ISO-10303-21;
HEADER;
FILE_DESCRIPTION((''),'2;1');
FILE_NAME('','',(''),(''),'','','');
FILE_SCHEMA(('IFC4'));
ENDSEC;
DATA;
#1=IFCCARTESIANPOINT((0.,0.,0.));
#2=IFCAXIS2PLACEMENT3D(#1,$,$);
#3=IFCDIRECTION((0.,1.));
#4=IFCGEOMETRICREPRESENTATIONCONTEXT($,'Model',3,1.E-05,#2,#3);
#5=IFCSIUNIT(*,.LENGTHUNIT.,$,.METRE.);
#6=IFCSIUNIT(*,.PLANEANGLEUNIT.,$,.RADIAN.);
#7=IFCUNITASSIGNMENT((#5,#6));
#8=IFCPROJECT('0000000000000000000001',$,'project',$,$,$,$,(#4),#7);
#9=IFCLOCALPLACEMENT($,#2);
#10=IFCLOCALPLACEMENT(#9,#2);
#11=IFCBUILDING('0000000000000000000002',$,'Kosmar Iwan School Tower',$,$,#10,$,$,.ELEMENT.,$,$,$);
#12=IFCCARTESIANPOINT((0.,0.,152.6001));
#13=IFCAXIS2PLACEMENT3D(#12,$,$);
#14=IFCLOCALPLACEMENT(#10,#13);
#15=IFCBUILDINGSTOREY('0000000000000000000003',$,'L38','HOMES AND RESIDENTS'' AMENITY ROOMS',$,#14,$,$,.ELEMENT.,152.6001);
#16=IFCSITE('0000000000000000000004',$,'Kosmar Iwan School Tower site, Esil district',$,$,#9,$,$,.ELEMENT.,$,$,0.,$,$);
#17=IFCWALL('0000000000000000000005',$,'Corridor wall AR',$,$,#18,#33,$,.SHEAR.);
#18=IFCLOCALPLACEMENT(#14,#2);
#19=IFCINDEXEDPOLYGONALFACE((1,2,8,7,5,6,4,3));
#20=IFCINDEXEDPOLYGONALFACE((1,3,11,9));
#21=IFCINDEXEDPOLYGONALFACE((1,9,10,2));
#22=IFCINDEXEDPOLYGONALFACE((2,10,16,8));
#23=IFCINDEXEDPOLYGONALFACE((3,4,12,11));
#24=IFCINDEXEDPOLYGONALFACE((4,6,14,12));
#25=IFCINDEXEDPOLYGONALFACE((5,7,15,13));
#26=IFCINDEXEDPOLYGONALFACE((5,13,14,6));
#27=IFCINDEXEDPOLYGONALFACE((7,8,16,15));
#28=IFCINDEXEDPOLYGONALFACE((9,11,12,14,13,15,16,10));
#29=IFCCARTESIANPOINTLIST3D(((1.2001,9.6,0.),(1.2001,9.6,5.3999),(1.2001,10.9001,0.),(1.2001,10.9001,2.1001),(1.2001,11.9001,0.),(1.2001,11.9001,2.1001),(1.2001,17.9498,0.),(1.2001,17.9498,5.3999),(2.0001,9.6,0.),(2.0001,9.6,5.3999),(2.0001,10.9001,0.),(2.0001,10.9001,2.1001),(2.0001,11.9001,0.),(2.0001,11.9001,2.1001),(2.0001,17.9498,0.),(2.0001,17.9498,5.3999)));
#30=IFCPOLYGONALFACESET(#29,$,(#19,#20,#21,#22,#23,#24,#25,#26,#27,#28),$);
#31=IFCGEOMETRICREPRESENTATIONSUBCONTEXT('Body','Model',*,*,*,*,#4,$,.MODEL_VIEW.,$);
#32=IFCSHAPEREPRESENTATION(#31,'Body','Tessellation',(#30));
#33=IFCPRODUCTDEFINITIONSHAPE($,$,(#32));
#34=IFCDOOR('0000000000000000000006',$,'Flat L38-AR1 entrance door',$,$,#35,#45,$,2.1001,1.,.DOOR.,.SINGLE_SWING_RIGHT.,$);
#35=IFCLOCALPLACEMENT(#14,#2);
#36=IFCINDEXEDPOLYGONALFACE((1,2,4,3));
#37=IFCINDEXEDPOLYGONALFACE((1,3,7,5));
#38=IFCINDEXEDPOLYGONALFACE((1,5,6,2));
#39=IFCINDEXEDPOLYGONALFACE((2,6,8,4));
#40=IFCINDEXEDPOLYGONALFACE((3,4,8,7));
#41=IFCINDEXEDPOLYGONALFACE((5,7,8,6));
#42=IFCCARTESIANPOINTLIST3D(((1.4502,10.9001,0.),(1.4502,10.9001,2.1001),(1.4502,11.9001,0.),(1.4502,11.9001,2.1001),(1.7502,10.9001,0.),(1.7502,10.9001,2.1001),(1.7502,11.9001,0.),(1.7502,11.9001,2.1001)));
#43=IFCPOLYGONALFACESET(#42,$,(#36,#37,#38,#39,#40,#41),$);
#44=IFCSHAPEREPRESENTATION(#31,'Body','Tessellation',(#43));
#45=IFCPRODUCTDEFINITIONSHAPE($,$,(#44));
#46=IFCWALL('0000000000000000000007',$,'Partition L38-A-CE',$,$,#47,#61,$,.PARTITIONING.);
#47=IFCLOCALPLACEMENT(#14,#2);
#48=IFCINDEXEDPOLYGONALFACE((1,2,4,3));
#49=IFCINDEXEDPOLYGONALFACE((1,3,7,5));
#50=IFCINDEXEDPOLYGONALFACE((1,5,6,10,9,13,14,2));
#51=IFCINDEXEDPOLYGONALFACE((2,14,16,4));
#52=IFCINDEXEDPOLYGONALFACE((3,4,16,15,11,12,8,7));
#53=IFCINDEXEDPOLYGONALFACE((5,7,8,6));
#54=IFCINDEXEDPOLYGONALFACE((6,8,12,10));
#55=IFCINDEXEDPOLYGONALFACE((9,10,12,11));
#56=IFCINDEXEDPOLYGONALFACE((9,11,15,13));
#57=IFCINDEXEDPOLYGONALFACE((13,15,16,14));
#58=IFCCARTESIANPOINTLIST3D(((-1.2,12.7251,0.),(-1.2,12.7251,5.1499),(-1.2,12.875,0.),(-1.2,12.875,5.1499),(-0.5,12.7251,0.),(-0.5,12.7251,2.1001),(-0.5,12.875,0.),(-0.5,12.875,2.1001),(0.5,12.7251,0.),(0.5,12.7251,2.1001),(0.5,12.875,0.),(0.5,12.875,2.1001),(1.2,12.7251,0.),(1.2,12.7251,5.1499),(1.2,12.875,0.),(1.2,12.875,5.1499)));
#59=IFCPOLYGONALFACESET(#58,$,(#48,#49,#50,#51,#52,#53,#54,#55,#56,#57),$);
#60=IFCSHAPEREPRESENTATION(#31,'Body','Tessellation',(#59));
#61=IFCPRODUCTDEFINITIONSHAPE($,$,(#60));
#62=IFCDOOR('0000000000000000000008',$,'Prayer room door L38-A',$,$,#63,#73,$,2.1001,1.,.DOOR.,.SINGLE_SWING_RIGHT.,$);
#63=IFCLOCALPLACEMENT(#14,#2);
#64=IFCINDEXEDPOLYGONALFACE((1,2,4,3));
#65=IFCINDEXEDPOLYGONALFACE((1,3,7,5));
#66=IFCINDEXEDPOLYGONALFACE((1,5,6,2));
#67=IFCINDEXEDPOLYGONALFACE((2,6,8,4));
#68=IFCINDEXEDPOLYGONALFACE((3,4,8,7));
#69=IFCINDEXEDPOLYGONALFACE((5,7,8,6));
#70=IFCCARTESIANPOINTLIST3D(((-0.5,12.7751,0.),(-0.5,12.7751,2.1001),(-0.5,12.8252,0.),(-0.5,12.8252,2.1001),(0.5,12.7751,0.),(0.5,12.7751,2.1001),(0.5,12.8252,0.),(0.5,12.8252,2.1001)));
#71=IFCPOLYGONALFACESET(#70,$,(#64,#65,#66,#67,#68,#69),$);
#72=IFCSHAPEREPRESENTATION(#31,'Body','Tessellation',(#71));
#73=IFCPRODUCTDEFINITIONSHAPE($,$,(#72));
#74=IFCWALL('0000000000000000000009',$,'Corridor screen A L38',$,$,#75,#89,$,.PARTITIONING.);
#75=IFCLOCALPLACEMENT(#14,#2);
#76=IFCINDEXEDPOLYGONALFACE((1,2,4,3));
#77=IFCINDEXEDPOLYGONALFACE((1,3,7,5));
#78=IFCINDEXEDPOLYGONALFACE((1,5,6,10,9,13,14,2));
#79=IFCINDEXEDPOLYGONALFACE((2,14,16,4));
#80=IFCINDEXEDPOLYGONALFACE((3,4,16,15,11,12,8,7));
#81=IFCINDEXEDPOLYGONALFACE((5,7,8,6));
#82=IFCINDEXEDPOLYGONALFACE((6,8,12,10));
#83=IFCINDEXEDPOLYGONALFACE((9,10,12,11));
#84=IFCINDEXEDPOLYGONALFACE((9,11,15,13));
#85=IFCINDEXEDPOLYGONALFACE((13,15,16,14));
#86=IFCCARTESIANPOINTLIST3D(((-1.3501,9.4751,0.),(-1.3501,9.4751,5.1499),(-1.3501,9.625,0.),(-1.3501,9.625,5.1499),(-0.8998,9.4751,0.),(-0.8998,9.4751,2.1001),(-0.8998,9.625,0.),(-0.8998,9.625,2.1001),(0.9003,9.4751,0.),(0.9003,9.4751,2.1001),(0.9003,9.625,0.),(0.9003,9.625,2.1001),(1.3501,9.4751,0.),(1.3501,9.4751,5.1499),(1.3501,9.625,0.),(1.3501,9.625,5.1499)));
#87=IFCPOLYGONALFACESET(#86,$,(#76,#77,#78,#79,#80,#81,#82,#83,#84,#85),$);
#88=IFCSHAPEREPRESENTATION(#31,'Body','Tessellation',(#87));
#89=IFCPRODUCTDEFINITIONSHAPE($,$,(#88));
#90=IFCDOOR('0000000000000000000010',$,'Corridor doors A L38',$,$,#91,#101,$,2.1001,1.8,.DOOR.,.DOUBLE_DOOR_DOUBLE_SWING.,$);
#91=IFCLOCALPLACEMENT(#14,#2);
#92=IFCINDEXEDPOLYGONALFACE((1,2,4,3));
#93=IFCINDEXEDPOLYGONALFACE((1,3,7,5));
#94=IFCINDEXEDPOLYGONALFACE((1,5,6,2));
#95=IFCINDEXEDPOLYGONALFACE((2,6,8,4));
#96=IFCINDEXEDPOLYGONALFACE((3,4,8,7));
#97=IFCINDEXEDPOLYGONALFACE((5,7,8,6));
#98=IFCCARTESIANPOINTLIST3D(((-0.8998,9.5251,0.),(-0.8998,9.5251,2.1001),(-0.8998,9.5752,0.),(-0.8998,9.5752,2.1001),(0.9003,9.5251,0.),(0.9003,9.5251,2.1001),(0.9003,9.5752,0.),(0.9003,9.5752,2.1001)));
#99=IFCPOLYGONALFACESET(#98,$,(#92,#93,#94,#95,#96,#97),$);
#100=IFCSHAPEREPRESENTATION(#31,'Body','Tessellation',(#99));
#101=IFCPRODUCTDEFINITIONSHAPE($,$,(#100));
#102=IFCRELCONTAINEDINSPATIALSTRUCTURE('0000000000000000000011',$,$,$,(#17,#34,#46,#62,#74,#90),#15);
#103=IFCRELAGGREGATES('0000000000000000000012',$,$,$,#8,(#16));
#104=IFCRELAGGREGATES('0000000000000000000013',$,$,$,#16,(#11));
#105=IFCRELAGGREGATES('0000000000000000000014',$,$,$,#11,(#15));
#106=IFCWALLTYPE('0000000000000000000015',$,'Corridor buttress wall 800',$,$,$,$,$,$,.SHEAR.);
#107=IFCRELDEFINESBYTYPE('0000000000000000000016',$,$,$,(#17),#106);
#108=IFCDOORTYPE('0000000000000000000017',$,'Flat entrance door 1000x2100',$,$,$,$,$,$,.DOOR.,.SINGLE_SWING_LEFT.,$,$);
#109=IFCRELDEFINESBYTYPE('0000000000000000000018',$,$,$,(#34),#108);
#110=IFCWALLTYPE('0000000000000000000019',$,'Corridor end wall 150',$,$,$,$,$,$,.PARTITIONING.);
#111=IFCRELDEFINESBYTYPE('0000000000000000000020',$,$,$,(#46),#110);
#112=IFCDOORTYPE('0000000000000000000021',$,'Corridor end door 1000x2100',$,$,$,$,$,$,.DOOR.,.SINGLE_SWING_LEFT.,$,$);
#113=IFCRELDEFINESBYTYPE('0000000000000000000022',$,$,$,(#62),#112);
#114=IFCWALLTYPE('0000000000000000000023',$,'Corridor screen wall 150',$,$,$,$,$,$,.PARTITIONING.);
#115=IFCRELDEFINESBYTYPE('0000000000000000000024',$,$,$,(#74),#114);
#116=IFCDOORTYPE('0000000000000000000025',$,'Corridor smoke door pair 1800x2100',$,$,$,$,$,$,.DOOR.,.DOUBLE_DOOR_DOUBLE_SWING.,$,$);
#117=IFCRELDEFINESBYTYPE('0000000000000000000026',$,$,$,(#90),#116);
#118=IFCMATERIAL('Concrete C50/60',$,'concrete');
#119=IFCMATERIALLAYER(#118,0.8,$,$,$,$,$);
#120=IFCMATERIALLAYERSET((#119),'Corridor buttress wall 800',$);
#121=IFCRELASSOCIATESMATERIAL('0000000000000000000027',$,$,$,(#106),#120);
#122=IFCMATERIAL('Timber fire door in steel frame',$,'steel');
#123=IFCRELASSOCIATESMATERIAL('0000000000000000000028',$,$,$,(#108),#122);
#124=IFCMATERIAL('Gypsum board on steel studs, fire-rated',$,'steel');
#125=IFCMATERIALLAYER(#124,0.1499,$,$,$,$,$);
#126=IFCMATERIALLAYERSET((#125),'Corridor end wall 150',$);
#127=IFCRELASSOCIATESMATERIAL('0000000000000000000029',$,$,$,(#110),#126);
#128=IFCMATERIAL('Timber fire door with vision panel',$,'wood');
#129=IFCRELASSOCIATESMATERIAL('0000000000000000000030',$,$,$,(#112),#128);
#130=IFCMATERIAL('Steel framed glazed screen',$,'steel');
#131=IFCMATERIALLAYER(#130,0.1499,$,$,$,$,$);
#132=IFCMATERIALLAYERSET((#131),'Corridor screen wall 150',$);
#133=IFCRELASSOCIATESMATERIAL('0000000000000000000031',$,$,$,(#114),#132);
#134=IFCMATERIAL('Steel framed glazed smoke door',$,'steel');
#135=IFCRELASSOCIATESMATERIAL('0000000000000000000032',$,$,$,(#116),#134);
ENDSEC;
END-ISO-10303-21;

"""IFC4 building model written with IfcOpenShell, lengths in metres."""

from ifc_helpers import new_model, si_unit, direction, frame, frame_2d, origin, place, context, subcontext, project, spatial, rectangle, extrude, material, layer, layer_set, type_object, element, fill, save


model = new_model("IFC4")

# Units and contexts
model_context = context("Model", 3, precision=1e-05, world=origin(), true_north=direction((0.0, 1.0)))
body_context = subcontext(model_context, "Body", "Model", "MODEL_VIEW")
ifc_project = project(units=[si_unit("LENGTHUNIT", "METRE"), si_unit("PLANEANGLEUNIT", "RADIAN")], contexts=[model_context])

# Site, building, storey
site_placement = place(None, origin())
site = spatial("IfcSite", under=ifc_project, at=site_placement, Name="Kosmar Iwan School Tower site, Esil district", CompositionType="ELEMENT", RefElevation=0.0)
building_placement = place(site_placement, origin())
building = spatial("IfcBuilding", under=site, at=building_placement, Name="Kosmar Iwan School Tower", CompositionType="ELEMENT")
storey_placement = place(building_placement, frame((0.0, 0.0, 152.6001)))
storey = spatial("IfcBuildingStorey", under=building, at=storey_placement, Name="L38", Description="HOMES AND RESIDENTS' AMENITY ROOMS", CompositionType="ELEMENT", Elevation=152.6001)

# Walls, openings, doors
ifc_material_1 = material(Name="Concrete C50/60", Category="concrete")
ifc_layer_1 = layer(ifc_material_1, 0.8)
ifc_layer_set_1 = layer_set([ifc_layer_1], Name="Corridor buttress wall 800")
wall_type_1 = type_object("IfcWallType", Name="Corridor buttress wall 800", PredefinedType="SHEAR", material=ifc_layer_set_1)
wall_1_placement = place(storey_placement, frame((1.6001, 9.6001, 0.0), z_axis=(0.0, 0.0, 1.0), x_axis=(0.0, 1.0, 0.0)))
wall_1 = element("IfcWall", 1, at=wall_1_placement, inside=storey, type_object=wall_type_1, Name="Corridor wall AR", PredefinedType="SHEAR", context=body_context, shape_type="SweptSolid", body=[
    extrude(rectangle(XDim=8.3499, YDim=0.8, at=frame_2d((4.1748, 0.0))), origin(), (0.0, 0.0, 1.0), 5.3999),
])
opening_1_placement = place(wall_1_placement, frame((1.3, 0.0, 0.0)))
opening_1 = element("IfcOpeningElement", 2, at=opening_1_placement, cuts=wall_1, PredefinedType="OPENING", context=body_context, shape_type="SweptSolid", body=[
    extrude(rectangle(XDim=1.0, YDim=2.1001, at=frame_2d((0.5, 1.05))), frame((0.0, 0.4121, 0.0), z_axis=(0.0, -1.0, 0.0), x_axis=(1.0, 0.0, 0.0)), (0.0, 0.0, 1.0), 0.824),
])
ifc_material_2 = material(Name="Timber fire door in steel frame", Category="steel")
door_type_1 = type_object("IfcDoorType", Name="Flat entrance door 1000x2100", OperationType="SINGLE_SWING_LEFT", PredefinedType="DOOR", material=ifc_material_2)
door_1_placement = place(opening_1_placement, origin())
door_1 = element("IfcDoor", 3, at=door_1_placement, inside=storey, type_object=door_type_1, Name="Flat L38-AR1 entrance door", OperationType="SINGLE_SWING_RIGHT", OverallHeight=2.1001, OverallWidth=1.0, PredefinedType="DOOR", context=body_context, shape_type="SweptSolid", body=[
    extrude(rectangle(XDim=1.0, YDim=2.1001, at=frame_2d((0.5, 1.05))), frame((0.0, 0.1499, 0.0), z_axis=(0.0, -1.0, 0.0), x_axis=(1.0, 0.0, 0.0)), (0.0, 0.0, 1.0), 0.3),
])
fill(opening_1, door_1)
ifc_material_3 = material(Name="Gypsum board on steel studs, fire-rated", Category="steel")
ifc_layer_2 = layer(ifc_material_3, 0.1499)
ifc_layer_set_2 = layer_set([ifc_layer_2], Name="Corridor end wall 150")
wall_type_2 = type_object("IfcWallType", Name="Corridor end wall 150", PredefinedType="PARTITIONING", material=ifc_layer_set_2)
wall_2_placement = place(storey_placement, frame((1.2, 12.8, 0.0), z_axis=(0.0, 0.0, 1.0), x_axis=(-1.0, 0.0, 0.0)))
wall_2 = element("IfcWall", 4, at=wall_2_placement, inside=storey, type_object=wall_type_2, Name="Partition L38-A-CE", PredefinedType="PARTITIONING", context=body_context, shape_type="SweptSolid", body=[
    extrude(rectangle(XDim=2.3999, YDim=0.1499, at=frame_2d((1.2, 0.0))), origin(), (0.0, 0.0, 1.0), 5.1499),
])
opening_2_placement = place(wall_2_placement, frame((0.7, 0.0, 0.0)))
opening_2 = element("IfcOpeningElement", 5, at=opening_2_placement, cuts=wall_2, PredefinedType="OPENING", context=body_context, shape_type="SweptSolid", body=[
    extrude(rectangle(XDim=1.0, YDim=2.1001, at=frame_2d((0.5, 1.05))), frame((0.0, 0.0869, 0.0), z_axis=(0.0, -1.0, 0.0), x_axis=(1.0, 0.0, 0.0)), (0.0, 0.0, 1.0), 0.1738),
])
ifc_material_4 = material(Name="Timber fire door with vision panel", Category="wood")
door_type_2 = type_object("IfcDoorType", Name="Corridor end door 1000x2100", OperationType="SINGLE_SWING_LEFT", PredefinedType="DOOR", material=ifc_material_4)
door_2_placement = place(opening_2_placement, origin())
door_2 = element("IfcDoor", 6, at=door_2_placement, inside=storey, type_object=door_type_2, Name="Prayer room door L38-A", OperationType="SINGLE_SWING_RIGHT", OverallHeight=2.1001, OverallWidth=1.0, PredefinedType="DOOR", context=body_context, shape_type="SweptSolid", body=[
    extrude(rectangle(XDim=1.0, YDim=2.1001, at=frame_2d((0.5, 1.05))), frame((0.0, 0.0249, 0.0), z_axis=(0.0, -1.0, 0.0), x_axis=(1.0, 0.0, 0.0)), (0.0, 0.0, 1.0), 0.05),
])
fill(opening_2, door_2)
ifc_material_5 = material(Name="Steel framed glazed screen", Category="steel")
ifc_layer_3 = layer(ifc_material_5, 0.1499)
ifc_layer_set_3 = layer_set([ifc_layer_3], Name="Corridor screen wall 150")
wall_type_3 = type_object("IfcWallType", Name="Corridor screen wall 150", PredefinedType="PARTITIONING", material=ifc_layer_set_3)
wall_3_placement = place(storey_placement, frame((1.3501, 9.55, 0.0), z_axis=(0.0, 0.0, 1.0), x_axis=(-1.0, 0.0, 0.0)))
wall_3 = element("IfcWall", 7, at=wall_3_placement, inside=storey, type_object=wall_type_3, Name="Corridor screen A L38", PredefinedType="PARTITIONING", context=body_context, shape_type="SweptSolid", body=[
    extrude(rectangle(XDim=2.7002, YDim=0.1499, at=frame_2d((1.3501, 0.0))), origin(), (0.0, 0.0, 1.0), 5.1499),
])
opening_3_placement = place(wall_3_placement, frame((0.45, 0.0, 0.0)))
opening_3 = element("IfcOpeningElement", 8, at=opening_3_placement, cuts=wall_3, PredefinedType="OPENING", context=body_context, shape_type="SweptSolid", body=[
    extrude(rectangle(XDim=1.8, YDim=2.1001, at=frame_2d((0.8999, 1.05))), frame((0.0, 0.0869, 0.0), z_axis=(0.0, -1.0, 0.0), x_axis=(1.0, 0.0, 0.0)), (0.0, 0.0, 1.0), 0.1738),
])
ifc_material_6 = material(Name="Steel framed glazed smoke door", Category="steel")
door_type_3 = type_object("IfcDoorType", Name="Corridor smoke door pair 1800x2100", OperationType="DOUBLE_DOOR_DOUBLE_SWING", PredefinedType="DOOR", material=ifc_material_6)
door_3_placement = place(opening_3_placement, origin())
door_3 = element("IfcDoor", 9, at=door_3_placement, inside=storey, type_object=door_type_3, Name="Corridor doors A L38", OperationType="DOUBLE_DOOR_DOUBLE_SWING", OverallHeight=2.1001, OverallWidth=1.8, PredefinedType="DOOR", context=body_context, shape_type="SweptSolid", body=[
    extrude(rectangle(XDim=1.8, YDim=2.1001, at=frame_2d((0.8999, 1.05))), frame((0.0, 0.0249, 0.0), z_axis=(0.0, -1.0, 0.0), x_axis=(1.0, 0.0, 0.0)), (0.0, 0.0, 1.0), 0.05),
])
fill(opening_3, door_3)

save(model, "model.ifc")
